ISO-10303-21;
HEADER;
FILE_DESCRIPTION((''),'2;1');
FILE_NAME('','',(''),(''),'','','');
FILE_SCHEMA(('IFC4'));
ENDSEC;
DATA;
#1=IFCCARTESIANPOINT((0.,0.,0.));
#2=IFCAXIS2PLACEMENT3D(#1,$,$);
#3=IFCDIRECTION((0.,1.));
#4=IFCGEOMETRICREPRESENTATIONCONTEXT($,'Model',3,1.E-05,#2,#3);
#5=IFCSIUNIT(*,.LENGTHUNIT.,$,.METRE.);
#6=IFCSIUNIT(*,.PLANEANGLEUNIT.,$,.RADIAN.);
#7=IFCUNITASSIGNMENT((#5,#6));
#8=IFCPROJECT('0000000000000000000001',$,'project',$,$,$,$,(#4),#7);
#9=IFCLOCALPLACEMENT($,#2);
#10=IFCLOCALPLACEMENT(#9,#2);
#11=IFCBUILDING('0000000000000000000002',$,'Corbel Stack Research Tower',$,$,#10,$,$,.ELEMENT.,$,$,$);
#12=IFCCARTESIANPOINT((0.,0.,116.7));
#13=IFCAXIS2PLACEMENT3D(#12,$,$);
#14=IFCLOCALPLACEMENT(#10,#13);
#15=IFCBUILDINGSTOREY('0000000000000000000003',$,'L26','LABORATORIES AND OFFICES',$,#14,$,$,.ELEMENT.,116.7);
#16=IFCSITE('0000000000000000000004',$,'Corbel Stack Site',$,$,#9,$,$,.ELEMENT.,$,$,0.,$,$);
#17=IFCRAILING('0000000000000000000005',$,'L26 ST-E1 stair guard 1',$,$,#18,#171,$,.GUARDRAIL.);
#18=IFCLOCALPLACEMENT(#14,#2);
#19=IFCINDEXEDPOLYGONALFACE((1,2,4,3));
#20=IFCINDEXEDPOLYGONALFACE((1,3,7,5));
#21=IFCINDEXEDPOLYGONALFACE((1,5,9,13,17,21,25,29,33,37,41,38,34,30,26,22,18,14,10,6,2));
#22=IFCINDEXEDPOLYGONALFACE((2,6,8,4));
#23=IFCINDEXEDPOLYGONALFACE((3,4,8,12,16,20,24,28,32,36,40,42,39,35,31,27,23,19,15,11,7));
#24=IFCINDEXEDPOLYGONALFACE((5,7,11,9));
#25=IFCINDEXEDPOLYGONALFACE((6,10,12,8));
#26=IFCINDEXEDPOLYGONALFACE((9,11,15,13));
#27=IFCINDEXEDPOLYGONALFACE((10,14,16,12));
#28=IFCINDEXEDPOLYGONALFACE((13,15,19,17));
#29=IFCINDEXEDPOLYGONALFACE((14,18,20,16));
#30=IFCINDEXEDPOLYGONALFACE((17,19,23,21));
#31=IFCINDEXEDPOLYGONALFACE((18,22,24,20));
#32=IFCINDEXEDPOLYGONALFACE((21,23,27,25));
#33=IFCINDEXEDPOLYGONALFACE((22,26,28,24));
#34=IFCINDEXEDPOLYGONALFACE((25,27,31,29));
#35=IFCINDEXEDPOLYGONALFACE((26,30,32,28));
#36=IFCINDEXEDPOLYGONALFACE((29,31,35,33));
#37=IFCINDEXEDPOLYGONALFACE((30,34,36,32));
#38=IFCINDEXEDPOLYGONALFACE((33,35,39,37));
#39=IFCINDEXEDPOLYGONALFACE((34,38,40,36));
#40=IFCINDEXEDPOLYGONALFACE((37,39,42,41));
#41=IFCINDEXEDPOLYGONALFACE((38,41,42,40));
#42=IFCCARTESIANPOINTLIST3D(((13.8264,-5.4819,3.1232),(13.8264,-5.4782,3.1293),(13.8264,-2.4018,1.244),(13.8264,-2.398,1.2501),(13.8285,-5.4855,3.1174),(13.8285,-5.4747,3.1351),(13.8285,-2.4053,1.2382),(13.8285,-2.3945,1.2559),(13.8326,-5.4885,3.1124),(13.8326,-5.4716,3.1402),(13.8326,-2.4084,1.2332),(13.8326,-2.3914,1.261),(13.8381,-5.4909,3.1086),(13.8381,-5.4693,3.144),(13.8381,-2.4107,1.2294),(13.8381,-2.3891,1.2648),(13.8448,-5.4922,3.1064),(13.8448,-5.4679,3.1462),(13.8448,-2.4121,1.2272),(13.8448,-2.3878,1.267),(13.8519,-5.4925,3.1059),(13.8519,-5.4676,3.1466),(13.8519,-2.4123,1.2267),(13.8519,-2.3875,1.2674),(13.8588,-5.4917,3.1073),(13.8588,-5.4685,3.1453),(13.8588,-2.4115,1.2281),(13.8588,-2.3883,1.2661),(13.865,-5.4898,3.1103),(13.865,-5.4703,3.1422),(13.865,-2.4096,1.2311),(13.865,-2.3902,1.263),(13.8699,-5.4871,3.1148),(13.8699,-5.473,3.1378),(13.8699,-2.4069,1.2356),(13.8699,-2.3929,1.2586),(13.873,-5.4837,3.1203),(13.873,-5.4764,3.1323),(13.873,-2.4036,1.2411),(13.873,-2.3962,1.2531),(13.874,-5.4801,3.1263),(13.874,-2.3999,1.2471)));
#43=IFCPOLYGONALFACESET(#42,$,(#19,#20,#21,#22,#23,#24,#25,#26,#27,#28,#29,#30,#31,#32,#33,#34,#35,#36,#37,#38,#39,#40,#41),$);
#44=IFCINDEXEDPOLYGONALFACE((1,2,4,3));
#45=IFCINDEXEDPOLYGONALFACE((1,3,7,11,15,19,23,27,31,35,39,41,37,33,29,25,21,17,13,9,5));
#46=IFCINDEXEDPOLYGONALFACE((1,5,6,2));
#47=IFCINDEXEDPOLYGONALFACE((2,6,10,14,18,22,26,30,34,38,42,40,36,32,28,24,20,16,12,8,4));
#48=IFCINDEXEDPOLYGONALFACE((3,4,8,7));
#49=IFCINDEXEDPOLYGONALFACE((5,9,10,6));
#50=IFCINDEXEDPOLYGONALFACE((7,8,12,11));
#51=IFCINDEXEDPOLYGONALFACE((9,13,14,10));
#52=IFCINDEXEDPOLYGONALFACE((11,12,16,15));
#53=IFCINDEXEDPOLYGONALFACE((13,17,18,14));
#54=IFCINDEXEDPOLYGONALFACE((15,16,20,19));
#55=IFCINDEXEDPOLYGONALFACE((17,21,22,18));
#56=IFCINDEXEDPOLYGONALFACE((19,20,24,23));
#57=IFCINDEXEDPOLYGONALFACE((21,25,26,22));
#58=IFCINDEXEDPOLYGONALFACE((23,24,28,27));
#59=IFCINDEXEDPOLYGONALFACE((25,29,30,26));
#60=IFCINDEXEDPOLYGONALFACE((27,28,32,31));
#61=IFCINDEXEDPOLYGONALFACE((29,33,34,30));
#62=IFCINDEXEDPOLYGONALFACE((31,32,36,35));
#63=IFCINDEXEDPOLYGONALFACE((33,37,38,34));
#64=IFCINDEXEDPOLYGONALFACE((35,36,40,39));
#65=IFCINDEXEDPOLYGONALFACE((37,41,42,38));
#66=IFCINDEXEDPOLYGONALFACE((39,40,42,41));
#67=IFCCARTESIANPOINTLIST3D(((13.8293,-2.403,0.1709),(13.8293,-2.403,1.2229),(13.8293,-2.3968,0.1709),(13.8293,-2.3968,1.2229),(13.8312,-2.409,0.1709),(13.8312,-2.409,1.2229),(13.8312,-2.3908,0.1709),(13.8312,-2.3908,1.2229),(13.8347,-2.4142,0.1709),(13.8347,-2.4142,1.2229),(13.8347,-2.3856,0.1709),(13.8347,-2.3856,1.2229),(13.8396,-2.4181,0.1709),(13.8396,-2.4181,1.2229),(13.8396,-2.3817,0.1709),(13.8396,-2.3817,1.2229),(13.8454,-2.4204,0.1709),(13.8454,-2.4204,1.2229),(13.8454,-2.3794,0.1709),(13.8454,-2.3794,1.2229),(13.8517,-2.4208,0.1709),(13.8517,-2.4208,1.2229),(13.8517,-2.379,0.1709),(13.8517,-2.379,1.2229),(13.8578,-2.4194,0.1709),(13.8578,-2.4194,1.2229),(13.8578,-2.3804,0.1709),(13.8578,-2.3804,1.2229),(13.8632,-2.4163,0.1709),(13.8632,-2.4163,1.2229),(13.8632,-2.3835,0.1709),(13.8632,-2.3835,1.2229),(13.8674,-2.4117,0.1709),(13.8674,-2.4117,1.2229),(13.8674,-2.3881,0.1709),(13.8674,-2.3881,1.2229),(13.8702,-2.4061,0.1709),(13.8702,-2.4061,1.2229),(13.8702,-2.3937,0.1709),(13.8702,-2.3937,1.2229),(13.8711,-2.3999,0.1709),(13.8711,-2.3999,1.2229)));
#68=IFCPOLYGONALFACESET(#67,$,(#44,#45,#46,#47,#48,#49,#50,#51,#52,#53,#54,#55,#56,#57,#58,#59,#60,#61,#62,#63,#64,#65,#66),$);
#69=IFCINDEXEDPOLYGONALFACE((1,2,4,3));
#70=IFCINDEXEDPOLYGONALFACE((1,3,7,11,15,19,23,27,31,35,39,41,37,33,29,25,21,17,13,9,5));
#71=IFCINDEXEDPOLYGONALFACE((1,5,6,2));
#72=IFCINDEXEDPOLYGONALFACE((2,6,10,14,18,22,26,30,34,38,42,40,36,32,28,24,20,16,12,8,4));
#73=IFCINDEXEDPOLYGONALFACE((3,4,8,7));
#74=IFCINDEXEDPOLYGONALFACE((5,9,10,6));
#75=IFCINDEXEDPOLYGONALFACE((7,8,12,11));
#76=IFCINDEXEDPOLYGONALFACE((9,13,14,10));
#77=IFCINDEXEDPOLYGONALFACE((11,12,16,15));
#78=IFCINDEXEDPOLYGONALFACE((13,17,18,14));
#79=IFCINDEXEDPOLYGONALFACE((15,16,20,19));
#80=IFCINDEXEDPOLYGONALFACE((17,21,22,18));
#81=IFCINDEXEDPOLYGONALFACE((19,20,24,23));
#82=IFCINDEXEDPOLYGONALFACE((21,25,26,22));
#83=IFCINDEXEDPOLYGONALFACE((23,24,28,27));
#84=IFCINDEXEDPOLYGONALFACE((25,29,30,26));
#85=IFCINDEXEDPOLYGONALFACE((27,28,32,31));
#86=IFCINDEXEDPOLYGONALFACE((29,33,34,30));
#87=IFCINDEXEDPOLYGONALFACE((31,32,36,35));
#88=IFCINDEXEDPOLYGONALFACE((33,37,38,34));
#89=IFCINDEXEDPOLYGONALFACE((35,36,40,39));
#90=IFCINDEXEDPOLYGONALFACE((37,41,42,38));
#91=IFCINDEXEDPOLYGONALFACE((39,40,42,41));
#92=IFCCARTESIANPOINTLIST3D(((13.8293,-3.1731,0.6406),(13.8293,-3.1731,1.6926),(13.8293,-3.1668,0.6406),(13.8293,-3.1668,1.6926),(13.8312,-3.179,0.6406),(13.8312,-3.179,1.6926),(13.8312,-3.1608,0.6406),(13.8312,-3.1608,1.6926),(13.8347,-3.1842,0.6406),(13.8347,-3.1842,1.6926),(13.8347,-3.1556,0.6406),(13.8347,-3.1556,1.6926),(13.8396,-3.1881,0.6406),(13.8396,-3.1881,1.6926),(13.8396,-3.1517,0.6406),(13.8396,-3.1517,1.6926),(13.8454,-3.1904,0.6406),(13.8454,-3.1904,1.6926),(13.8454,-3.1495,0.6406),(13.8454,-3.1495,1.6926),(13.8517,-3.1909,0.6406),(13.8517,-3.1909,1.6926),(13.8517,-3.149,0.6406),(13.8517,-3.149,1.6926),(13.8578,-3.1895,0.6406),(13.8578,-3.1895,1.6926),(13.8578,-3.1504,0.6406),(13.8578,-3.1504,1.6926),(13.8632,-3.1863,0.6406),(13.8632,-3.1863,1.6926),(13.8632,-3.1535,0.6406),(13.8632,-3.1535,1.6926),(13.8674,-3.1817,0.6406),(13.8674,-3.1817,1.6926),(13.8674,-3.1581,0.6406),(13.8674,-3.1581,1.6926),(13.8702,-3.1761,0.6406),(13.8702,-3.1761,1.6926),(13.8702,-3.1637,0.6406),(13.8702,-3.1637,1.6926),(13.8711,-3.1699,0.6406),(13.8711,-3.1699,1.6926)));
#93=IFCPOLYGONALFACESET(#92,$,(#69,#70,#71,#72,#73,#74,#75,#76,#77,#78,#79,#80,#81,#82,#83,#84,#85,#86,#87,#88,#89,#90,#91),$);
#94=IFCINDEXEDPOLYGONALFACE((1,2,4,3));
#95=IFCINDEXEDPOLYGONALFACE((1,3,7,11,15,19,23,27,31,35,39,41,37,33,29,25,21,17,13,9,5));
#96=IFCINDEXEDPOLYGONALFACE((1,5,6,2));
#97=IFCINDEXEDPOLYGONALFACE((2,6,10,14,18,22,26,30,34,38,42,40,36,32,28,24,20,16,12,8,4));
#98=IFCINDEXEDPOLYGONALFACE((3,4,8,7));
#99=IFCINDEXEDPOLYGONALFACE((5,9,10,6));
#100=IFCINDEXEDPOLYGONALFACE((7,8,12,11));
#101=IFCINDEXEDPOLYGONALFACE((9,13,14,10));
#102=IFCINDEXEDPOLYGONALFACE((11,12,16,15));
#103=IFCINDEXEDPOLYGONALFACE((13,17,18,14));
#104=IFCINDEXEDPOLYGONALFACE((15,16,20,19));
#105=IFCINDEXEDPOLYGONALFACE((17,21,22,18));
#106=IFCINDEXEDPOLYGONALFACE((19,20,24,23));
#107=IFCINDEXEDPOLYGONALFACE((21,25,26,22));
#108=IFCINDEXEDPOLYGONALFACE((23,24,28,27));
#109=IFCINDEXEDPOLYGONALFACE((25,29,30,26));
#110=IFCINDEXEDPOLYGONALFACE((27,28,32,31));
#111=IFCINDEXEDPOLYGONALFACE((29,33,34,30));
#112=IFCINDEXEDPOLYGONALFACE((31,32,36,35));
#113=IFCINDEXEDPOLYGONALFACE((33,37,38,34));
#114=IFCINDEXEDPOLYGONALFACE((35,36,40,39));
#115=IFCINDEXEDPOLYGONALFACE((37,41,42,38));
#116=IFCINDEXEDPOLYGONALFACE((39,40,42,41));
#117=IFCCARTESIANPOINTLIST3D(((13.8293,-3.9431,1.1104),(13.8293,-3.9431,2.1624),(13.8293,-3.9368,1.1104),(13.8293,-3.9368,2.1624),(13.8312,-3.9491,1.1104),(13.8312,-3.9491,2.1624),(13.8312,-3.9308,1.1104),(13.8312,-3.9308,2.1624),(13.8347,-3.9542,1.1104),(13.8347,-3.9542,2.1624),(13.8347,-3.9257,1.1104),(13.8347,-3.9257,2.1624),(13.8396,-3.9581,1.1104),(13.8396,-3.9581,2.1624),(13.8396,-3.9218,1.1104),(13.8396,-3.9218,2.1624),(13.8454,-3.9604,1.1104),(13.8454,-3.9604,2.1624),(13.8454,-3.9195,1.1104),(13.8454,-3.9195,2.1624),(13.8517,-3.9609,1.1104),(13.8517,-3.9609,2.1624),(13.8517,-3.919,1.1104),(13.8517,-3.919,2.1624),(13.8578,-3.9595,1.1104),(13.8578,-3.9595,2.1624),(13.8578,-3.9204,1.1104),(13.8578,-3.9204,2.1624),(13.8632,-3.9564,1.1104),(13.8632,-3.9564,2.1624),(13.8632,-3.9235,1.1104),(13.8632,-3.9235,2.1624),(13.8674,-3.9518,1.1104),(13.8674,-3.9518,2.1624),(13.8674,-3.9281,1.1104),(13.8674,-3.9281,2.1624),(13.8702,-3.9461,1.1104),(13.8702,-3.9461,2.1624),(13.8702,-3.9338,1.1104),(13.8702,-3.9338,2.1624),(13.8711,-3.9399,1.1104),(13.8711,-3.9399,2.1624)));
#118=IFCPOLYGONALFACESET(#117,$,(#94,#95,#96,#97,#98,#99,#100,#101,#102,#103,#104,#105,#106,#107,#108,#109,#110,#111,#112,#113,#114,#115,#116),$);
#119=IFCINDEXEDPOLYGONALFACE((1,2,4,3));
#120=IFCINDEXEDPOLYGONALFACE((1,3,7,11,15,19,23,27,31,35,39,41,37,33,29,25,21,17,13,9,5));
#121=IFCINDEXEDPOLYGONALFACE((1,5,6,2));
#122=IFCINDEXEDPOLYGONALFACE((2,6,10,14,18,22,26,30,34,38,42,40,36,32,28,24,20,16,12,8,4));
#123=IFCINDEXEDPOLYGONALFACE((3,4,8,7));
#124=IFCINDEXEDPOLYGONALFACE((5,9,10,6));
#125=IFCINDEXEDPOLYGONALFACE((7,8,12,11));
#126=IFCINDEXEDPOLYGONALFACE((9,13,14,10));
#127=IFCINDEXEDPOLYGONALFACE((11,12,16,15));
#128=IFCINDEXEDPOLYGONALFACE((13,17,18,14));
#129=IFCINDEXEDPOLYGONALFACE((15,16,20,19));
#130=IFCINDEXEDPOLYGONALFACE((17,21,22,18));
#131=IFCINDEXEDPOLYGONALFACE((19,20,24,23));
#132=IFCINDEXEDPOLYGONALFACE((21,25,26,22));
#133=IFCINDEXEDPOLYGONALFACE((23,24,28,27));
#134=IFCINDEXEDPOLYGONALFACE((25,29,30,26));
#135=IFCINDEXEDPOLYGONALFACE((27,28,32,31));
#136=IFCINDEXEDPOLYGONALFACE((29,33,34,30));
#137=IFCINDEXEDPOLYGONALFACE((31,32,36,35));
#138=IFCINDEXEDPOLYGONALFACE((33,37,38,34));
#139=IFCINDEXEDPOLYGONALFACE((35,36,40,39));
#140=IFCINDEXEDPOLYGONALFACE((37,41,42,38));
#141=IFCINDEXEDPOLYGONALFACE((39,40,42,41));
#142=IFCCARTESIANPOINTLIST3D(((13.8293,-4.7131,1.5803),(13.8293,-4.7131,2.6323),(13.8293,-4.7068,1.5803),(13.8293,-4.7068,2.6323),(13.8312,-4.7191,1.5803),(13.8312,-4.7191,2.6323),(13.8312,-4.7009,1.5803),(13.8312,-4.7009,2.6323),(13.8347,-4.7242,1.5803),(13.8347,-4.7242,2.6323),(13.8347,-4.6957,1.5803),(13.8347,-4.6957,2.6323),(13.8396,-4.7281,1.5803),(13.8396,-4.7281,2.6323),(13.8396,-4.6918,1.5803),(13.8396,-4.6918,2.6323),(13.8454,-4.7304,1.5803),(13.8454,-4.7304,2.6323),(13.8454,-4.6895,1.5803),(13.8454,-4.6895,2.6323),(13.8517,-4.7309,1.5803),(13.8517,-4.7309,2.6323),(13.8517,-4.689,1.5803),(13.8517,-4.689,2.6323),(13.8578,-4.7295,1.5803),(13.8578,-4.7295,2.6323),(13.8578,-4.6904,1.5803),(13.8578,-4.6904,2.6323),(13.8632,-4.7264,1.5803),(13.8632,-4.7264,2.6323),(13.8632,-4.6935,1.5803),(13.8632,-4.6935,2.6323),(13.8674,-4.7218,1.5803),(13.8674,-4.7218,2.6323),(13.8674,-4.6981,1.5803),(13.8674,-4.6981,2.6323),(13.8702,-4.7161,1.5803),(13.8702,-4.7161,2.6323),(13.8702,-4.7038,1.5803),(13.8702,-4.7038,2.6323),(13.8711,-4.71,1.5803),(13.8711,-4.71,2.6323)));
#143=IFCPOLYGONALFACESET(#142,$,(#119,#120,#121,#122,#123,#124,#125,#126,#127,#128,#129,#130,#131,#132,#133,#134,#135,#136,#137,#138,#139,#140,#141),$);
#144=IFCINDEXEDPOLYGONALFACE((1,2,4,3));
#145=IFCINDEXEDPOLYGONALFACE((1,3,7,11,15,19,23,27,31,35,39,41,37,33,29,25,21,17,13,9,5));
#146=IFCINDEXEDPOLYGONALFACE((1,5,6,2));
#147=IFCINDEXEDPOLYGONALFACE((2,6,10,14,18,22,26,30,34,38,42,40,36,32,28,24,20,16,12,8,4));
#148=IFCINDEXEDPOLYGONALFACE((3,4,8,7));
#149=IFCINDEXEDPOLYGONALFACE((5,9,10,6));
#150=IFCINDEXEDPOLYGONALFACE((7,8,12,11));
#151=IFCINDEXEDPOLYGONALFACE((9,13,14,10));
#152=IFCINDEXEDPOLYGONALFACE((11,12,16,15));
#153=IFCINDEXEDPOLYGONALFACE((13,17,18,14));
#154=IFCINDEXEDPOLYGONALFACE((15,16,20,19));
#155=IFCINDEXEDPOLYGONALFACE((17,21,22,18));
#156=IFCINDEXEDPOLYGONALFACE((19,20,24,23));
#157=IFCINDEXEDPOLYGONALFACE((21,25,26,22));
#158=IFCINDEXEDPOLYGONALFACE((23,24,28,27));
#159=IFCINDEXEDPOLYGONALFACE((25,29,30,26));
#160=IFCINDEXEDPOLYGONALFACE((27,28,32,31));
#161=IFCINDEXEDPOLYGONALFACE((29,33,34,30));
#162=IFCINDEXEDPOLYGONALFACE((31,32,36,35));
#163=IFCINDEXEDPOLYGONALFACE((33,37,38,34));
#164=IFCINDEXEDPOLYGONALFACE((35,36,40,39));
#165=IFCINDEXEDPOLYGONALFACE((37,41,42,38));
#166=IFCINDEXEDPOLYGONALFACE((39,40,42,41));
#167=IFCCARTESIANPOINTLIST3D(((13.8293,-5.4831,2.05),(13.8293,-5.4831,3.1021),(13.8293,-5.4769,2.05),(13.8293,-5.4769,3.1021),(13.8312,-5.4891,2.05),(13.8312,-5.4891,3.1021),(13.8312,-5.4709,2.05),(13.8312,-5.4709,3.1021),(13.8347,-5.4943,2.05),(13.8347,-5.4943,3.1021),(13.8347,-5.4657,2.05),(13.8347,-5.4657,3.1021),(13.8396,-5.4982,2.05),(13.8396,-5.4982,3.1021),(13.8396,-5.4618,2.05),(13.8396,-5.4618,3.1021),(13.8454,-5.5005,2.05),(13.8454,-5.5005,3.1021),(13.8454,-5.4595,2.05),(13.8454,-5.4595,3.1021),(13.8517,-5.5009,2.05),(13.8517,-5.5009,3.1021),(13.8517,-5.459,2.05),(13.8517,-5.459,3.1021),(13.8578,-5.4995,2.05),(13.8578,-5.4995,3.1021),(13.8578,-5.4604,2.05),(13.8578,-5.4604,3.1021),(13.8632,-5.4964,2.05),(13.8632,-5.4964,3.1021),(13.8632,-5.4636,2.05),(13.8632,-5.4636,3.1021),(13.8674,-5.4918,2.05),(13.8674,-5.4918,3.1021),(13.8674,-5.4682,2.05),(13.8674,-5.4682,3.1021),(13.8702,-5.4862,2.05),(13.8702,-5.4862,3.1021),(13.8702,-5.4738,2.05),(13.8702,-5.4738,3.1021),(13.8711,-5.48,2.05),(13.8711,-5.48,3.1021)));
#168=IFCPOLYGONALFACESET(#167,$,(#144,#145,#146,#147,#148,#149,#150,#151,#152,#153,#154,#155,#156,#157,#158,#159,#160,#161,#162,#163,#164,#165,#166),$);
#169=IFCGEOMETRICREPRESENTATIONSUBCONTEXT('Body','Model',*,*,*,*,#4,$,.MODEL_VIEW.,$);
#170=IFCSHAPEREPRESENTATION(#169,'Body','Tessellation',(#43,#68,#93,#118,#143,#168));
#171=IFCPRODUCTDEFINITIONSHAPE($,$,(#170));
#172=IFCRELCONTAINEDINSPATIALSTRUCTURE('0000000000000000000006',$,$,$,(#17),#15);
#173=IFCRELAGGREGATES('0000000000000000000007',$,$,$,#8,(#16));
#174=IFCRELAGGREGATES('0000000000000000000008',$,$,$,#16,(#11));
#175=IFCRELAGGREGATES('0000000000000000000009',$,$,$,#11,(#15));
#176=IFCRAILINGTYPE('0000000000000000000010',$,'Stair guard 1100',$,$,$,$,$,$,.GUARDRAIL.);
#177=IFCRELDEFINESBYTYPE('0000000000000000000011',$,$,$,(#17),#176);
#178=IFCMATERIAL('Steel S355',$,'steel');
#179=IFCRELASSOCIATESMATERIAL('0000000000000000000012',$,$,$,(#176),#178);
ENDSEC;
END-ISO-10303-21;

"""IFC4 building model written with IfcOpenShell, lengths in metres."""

from ifc_helpers import new_model, si_unit, direction, frame, origin, origin_2d, place, context, subcontext, project, spatial, circle, extrude, material, type_object, element, save


model = new_model("IFC4")

# Units and contexts
model_context = context("Model", 3, precision=1e-05, world=origin(), true_north=direction((0.0, 1.0)))
body_context = subcontext(model_context, "Body", "Model", "MODEL_VIEW")
ifc_project = project(units=[si_unit("LENGTHUNIT", "METRE"), si_unit("PLANEANGLEUNIT", "RADIAN")], contexts=[model_context])

# Site, building, storey
site_placement = place(None, origin())
site = spatial("IfcSite", under=ifc_project, at=site_placement, Name="Corbel Stack Site", CompositionType="ELEMENT", RefElevation=0.0)
building_placement = place(site_placement, origin())
building = spatial("IfcBuilding", under=site, at=building_placement, Name="Corbel Stack Research Tower", CompositionType="ELEMENT")
storey_placement = place(building_placement, frame((0.0, 0.0, 116.7)))
storey = spatial("IfcBuildingStorey", under=building, at=storey_placement, Name="L26", Description="LABORATORIES AND OFFICES", CompositionType="ELEMENT", Elevation=116.7)

# Railing
ifc_material_1 = material(Name="Steel S355", Category="steel")
railing_type_1 = type_object("IfcRailingType", Name="Stair guard 1100", PredefinedType="GUARDRAIL", material=ifc_material_1)
railing_1_placement = place(storey_placement, frame((13.8501, -2.3999, 0.1709)))
element("IfcRailing", 1, at=railing_1_placement, inside=storey, type_object=railing_type_1, Name="L26 ST-E1 stair guard 1", PredefinedType="GUARDRAIL", context=body_context, shape_type="SweptSolid", body=[
    extrude(circle(Radius=0.0239, at=origin_2d()), frame((0.0, 0.0, 1.0762), z_axis=(0.0, -0.853666, 0.52082), x_axis=(1.0, 0.0, 0.0)), (0.0, 0.0, 1.0), 3.6082),
    extrude(circle(Radius=0.021, at=origin_2d()), origin(), (0.0, 0.0, 1.0), 1.052),
    extrude(circle(Radius=0.021, at=origin_2d()), frame((0.0, -0.77, 0.4697)), (0.0, 0.0, 1.0), 1.052),
    extrude(circle(Radius=0.021, at=origin_2d()), frame((0.0, -1.54, 0.9395)), (0.0, 0.0, 1.0), 1.052),
    extrude(circle(Radius=0.021, at=origin_2d()), frame((0.0, -2.3101, 1.4094)), (0.0, 0.0, 1.0), 1.052),
    extrude(circle(Radius=0.021, at=origin_2d()), frame((0.0, -3.0801, 1.8792)), (0.0, 0.0, 1.0), 1.052),
])

save(model, "model.ifc")
